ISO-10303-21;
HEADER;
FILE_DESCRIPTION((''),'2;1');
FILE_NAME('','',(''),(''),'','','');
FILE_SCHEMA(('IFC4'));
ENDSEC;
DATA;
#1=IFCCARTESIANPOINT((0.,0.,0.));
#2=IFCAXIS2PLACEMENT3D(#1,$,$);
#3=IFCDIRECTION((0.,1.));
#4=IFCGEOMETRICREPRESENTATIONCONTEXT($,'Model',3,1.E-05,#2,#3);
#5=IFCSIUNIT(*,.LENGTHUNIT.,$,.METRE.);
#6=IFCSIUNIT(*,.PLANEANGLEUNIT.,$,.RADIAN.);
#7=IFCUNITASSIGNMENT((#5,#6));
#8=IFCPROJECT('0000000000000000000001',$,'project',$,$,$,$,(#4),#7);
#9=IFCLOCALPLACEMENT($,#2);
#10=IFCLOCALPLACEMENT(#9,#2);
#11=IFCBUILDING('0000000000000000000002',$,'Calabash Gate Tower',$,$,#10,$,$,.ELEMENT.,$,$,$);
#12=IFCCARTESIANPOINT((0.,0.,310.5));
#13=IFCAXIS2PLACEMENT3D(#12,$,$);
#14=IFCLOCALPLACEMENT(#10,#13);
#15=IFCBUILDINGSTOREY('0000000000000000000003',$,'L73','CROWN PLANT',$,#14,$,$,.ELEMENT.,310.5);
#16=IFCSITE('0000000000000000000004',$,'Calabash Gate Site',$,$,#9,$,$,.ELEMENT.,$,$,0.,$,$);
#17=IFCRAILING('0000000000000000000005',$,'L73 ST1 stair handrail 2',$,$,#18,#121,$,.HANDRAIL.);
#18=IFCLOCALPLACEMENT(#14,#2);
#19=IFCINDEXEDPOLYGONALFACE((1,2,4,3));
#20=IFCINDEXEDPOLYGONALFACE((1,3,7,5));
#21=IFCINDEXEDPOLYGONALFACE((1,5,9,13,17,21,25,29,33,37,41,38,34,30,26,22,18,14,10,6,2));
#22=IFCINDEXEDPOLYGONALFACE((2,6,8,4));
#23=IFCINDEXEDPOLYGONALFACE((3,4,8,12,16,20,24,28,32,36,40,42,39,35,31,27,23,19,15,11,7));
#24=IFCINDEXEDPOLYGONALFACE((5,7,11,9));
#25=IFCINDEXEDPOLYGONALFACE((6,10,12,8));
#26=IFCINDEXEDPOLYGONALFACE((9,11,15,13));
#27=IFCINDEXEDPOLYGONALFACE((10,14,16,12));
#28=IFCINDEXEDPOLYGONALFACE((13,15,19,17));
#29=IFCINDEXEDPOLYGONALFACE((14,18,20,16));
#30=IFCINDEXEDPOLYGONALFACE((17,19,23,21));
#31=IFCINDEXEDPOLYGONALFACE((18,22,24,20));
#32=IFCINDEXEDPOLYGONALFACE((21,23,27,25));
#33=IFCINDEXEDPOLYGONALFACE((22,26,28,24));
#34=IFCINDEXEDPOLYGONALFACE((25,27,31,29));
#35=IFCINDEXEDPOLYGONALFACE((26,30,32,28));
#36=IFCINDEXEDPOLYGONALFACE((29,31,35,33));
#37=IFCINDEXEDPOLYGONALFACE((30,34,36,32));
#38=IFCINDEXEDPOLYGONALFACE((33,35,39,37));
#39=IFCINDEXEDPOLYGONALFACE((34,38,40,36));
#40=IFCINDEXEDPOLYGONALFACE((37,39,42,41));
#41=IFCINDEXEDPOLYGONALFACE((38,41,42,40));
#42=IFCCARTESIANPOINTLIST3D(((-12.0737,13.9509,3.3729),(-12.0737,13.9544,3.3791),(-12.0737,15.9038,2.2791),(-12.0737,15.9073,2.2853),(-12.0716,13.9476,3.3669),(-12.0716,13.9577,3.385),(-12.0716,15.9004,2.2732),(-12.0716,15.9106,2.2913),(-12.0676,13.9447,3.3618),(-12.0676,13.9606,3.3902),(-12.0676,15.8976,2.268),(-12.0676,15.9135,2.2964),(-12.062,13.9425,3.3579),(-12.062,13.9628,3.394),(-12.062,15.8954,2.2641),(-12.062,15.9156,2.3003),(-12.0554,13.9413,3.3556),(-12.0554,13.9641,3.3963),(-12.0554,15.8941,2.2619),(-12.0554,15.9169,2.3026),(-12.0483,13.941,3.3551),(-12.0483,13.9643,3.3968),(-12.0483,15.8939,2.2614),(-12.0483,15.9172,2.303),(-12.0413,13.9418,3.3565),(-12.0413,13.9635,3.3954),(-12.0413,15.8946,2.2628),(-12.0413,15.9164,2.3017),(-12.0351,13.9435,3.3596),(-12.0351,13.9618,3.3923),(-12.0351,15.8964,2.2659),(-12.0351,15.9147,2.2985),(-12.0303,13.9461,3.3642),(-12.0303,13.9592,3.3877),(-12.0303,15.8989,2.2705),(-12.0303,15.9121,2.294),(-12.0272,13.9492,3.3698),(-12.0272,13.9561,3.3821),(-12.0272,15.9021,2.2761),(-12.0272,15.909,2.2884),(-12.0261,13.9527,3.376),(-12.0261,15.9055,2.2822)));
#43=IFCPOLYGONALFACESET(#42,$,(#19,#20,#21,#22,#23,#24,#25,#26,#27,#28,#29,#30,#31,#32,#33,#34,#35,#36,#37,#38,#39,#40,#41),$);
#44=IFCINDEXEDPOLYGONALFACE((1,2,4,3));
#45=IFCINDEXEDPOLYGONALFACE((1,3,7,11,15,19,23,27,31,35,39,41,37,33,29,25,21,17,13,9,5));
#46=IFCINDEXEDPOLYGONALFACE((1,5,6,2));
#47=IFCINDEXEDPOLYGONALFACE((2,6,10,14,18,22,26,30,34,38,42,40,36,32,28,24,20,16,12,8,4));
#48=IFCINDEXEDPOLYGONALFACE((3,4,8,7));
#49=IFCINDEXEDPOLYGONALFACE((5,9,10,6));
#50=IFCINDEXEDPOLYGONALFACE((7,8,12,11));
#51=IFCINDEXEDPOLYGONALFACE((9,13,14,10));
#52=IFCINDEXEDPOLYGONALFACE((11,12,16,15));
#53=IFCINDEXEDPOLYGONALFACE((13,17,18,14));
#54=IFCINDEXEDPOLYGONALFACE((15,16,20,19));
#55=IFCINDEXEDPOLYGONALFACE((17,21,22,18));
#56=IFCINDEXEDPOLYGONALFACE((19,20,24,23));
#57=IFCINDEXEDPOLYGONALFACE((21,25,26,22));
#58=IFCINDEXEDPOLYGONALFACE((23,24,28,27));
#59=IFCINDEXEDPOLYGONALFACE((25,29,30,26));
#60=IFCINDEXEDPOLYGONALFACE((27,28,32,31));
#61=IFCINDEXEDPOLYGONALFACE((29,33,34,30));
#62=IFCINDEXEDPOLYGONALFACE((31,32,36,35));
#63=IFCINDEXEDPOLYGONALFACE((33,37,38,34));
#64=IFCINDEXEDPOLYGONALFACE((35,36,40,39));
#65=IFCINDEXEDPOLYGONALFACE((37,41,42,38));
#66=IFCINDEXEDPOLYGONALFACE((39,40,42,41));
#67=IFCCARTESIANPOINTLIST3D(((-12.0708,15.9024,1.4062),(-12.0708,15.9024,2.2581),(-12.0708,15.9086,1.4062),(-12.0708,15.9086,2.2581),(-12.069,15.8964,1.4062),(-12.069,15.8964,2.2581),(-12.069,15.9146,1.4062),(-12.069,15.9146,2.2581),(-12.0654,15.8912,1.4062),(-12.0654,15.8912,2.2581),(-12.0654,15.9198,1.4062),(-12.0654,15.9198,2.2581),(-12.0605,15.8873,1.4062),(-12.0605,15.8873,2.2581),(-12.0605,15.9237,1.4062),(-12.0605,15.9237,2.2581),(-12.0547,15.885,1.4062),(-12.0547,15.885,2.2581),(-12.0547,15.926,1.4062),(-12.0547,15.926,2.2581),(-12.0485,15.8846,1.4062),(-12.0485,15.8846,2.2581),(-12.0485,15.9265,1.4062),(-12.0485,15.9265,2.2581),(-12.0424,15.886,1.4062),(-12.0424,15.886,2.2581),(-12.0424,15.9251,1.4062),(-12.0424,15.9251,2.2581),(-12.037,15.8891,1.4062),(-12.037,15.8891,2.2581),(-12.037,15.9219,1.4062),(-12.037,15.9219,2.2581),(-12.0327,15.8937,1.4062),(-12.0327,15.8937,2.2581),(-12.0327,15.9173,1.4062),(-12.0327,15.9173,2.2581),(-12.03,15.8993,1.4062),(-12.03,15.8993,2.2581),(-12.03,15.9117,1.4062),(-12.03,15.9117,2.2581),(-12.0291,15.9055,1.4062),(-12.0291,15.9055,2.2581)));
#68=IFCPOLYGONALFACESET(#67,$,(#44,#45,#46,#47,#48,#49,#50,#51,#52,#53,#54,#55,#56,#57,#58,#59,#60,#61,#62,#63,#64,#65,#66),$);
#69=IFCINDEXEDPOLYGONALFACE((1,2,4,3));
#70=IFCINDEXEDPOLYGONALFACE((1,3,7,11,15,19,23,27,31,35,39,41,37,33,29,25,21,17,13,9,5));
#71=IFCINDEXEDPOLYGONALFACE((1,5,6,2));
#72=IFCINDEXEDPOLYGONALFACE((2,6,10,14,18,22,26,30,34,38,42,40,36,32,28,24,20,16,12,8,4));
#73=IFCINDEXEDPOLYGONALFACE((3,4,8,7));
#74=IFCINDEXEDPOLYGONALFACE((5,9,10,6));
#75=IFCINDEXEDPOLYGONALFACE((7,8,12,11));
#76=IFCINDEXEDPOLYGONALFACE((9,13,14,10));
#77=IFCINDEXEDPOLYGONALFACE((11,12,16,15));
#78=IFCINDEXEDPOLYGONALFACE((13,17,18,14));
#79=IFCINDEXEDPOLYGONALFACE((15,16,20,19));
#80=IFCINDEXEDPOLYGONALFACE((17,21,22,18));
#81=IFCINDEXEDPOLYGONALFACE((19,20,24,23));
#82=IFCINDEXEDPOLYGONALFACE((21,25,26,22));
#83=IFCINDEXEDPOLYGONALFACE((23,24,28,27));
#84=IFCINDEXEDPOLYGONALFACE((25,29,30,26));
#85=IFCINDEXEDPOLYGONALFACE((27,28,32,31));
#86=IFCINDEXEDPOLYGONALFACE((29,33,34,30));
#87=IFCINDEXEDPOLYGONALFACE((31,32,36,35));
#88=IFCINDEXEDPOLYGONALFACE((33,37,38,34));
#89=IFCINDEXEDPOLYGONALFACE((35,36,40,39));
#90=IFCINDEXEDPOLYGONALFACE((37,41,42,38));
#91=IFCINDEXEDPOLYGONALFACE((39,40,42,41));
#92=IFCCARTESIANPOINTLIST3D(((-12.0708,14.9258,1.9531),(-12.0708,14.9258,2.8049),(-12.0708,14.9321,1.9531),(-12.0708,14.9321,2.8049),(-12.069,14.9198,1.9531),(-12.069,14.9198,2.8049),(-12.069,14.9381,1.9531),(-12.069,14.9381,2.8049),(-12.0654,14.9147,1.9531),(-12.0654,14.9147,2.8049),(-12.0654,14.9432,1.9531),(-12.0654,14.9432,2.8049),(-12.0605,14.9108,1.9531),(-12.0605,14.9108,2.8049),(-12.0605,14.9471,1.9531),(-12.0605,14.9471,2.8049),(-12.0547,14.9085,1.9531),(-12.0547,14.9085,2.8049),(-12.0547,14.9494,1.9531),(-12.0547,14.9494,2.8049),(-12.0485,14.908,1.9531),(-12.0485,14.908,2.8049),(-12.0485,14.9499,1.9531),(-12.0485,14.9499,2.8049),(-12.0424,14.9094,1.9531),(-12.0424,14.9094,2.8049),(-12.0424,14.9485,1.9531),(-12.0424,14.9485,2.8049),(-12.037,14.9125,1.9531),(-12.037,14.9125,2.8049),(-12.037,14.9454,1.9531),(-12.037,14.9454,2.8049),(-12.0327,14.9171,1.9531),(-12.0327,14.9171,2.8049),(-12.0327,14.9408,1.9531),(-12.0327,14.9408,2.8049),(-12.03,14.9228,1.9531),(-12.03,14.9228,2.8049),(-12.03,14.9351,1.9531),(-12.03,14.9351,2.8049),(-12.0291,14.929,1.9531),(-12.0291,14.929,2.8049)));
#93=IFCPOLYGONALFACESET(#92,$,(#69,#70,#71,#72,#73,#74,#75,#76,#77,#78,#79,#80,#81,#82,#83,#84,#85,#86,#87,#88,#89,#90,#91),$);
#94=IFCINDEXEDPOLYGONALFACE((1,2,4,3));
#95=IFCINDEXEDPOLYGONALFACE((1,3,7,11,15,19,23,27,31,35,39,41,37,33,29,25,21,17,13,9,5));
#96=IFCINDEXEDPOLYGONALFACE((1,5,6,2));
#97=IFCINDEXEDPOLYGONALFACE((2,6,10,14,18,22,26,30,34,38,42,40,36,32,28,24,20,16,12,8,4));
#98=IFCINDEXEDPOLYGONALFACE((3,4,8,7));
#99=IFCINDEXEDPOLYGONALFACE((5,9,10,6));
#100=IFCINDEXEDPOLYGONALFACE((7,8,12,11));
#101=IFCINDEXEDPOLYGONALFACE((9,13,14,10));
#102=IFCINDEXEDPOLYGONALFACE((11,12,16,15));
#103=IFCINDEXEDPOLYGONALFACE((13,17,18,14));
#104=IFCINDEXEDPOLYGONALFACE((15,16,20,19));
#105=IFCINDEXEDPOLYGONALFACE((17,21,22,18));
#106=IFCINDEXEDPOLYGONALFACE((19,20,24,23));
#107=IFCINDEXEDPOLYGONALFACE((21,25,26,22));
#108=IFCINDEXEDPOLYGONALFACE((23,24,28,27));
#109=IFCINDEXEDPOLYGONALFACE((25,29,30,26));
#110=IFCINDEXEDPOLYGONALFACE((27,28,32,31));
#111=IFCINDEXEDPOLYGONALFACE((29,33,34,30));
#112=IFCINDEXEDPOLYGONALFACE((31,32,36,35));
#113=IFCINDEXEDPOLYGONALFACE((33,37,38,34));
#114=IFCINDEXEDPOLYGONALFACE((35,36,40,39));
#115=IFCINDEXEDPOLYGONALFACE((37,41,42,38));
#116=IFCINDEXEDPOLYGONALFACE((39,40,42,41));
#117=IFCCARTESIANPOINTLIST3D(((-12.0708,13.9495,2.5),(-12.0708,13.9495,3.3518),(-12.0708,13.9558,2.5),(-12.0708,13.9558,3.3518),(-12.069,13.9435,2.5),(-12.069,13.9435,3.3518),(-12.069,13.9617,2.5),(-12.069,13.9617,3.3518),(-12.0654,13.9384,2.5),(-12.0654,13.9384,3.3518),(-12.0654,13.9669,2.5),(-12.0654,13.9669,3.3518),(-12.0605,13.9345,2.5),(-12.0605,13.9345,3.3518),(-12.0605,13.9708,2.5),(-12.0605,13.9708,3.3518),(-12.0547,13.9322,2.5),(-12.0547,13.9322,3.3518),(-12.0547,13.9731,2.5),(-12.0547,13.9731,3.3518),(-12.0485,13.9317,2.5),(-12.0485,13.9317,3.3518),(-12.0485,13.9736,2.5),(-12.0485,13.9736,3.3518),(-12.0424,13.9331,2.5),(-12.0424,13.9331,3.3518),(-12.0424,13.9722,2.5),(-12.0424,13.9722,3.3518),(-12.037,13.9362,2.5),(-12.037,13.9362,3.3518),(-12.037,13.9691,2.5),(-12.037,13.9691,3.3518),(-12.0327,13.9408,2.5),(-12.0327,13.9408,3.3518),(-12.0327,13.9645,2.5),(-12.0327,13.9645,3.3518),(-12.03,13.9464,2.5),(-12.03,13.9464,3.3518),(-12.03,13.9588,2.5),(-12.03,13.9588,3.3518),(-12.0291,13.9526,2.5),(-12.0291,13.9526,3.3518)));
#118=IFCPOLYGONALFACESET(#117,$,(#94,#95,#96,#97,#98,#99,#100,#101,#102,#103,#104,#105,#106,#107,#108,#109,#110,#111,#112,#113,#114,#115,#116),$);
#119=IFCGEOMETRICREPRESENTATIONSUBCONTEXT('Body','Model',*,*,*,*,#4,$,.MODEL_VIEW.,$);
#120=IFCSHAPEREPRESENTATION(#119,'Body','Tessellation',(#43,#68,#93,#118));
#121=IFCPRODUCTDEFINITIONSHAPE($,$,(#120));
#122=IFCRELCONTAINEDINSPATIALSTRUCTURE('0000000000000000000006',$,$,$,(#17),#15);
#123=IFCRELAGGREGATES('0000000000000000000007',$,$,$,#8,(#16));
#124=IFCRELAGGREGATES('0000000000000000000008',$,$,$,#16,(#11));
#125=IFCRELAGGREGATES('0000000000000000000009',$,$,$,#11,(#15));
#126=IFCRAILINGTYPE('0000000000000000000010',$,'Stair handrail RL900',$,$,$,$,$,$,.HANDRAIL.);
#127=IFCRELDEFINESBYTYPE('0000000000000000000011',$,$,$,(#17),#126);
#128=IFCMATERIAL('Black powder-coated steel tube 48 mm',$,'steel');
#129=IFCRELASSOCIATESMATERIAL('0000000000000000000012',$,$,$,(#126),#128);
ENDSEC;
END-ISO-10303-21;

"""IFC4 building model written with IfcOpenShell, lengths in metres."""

from ifc_helpers import new_model, si_unit, direction, frame, origin, origin_2d, place, context, subcontext, project, spatial, circle, extrude, material, type_object, element, save


model = new_model("IFC4")

# Units and contexts
model_context = context("Model", 3, precision=1e-05, world=origin(), true_north=direction((0.0, 1.0)))
body_context = subcontext(model_context, "Body", "Model", "MODEL_VIEW")
ifc_project = project(units=[si_unit("LENGTHUNIT", "METRE"), si_unit("PLANEANGLEUNIT", "RADIAN")], contexts=[model_context])

# Site, building, storey
site_placement = place(None, origin())
site = spatial("IfcSite", under=ifc_project, at=site_placement, Name="Calabash Gate Site", CompositionType="ELEMENT", RefElevation=0.0)
building_placement = place(site_placement, origin())
building = spatial("IfcBuilding", under=site, at=building_placement, Name="Calabash Gate Tower", CompositionType="ELEMENT")
storey_placement = place(building_placement, frame((0.0, 0.0, 310.5)))
storey = spatial("IfcBuildingStorey", under=building, at=storey_placement, Name="L73", Description="CROWN PLANT", CompositionType="ELEMENT", Elevation=310.5)

# Railing
ifc_material_1 = material(Name="Black powder-coated steel tube 48 mm", Category="steel")
railing_type_1 = type_object("IfcRailingType", Name="Stair handrail RL900", PredefinedType="HANDRAIL", material=ifc_material_1)
railing_1_placement = place(storey_placement, frame((-12.05, 15.9055, 1.4062)))
element("IfcRailing", 1, at=railing_1_placement, inside=storey, type_object=railing_type_1, Name="L73 ST1 stair handrail 2", PredefinedType="HANDRAIL", context=body_context, shape_type="SweptSolid", body=[
    extrude(circle(Radius=0.0239, at=origin_2d()), frame((0.0, 0.0, 0.876), z_axis=(0.0, -0.87248, 0.48865), x_axis=(1.0, 0.0, 0.0)), (0.0, 0.0, 1.0), 2.2383),
    extrude(circle(Radius=0.021, at=origin_2d()), origin(), (0.0, 0.0, 1.0), 0.8518),
    extrude(circle(Radius=0.021, at=origin_2d()), frame((0.0, -0.9766, 0.5469)), (0.0, 0.0, 1.0), 0.8518),
    extrude(circle(Radius=0.021, at=origin_2d()), frame((0.0, -1.9529, 1.0938)), (0.0, 0.0, 1.0), 0.8518),
])

save(model, "model.ifc")
